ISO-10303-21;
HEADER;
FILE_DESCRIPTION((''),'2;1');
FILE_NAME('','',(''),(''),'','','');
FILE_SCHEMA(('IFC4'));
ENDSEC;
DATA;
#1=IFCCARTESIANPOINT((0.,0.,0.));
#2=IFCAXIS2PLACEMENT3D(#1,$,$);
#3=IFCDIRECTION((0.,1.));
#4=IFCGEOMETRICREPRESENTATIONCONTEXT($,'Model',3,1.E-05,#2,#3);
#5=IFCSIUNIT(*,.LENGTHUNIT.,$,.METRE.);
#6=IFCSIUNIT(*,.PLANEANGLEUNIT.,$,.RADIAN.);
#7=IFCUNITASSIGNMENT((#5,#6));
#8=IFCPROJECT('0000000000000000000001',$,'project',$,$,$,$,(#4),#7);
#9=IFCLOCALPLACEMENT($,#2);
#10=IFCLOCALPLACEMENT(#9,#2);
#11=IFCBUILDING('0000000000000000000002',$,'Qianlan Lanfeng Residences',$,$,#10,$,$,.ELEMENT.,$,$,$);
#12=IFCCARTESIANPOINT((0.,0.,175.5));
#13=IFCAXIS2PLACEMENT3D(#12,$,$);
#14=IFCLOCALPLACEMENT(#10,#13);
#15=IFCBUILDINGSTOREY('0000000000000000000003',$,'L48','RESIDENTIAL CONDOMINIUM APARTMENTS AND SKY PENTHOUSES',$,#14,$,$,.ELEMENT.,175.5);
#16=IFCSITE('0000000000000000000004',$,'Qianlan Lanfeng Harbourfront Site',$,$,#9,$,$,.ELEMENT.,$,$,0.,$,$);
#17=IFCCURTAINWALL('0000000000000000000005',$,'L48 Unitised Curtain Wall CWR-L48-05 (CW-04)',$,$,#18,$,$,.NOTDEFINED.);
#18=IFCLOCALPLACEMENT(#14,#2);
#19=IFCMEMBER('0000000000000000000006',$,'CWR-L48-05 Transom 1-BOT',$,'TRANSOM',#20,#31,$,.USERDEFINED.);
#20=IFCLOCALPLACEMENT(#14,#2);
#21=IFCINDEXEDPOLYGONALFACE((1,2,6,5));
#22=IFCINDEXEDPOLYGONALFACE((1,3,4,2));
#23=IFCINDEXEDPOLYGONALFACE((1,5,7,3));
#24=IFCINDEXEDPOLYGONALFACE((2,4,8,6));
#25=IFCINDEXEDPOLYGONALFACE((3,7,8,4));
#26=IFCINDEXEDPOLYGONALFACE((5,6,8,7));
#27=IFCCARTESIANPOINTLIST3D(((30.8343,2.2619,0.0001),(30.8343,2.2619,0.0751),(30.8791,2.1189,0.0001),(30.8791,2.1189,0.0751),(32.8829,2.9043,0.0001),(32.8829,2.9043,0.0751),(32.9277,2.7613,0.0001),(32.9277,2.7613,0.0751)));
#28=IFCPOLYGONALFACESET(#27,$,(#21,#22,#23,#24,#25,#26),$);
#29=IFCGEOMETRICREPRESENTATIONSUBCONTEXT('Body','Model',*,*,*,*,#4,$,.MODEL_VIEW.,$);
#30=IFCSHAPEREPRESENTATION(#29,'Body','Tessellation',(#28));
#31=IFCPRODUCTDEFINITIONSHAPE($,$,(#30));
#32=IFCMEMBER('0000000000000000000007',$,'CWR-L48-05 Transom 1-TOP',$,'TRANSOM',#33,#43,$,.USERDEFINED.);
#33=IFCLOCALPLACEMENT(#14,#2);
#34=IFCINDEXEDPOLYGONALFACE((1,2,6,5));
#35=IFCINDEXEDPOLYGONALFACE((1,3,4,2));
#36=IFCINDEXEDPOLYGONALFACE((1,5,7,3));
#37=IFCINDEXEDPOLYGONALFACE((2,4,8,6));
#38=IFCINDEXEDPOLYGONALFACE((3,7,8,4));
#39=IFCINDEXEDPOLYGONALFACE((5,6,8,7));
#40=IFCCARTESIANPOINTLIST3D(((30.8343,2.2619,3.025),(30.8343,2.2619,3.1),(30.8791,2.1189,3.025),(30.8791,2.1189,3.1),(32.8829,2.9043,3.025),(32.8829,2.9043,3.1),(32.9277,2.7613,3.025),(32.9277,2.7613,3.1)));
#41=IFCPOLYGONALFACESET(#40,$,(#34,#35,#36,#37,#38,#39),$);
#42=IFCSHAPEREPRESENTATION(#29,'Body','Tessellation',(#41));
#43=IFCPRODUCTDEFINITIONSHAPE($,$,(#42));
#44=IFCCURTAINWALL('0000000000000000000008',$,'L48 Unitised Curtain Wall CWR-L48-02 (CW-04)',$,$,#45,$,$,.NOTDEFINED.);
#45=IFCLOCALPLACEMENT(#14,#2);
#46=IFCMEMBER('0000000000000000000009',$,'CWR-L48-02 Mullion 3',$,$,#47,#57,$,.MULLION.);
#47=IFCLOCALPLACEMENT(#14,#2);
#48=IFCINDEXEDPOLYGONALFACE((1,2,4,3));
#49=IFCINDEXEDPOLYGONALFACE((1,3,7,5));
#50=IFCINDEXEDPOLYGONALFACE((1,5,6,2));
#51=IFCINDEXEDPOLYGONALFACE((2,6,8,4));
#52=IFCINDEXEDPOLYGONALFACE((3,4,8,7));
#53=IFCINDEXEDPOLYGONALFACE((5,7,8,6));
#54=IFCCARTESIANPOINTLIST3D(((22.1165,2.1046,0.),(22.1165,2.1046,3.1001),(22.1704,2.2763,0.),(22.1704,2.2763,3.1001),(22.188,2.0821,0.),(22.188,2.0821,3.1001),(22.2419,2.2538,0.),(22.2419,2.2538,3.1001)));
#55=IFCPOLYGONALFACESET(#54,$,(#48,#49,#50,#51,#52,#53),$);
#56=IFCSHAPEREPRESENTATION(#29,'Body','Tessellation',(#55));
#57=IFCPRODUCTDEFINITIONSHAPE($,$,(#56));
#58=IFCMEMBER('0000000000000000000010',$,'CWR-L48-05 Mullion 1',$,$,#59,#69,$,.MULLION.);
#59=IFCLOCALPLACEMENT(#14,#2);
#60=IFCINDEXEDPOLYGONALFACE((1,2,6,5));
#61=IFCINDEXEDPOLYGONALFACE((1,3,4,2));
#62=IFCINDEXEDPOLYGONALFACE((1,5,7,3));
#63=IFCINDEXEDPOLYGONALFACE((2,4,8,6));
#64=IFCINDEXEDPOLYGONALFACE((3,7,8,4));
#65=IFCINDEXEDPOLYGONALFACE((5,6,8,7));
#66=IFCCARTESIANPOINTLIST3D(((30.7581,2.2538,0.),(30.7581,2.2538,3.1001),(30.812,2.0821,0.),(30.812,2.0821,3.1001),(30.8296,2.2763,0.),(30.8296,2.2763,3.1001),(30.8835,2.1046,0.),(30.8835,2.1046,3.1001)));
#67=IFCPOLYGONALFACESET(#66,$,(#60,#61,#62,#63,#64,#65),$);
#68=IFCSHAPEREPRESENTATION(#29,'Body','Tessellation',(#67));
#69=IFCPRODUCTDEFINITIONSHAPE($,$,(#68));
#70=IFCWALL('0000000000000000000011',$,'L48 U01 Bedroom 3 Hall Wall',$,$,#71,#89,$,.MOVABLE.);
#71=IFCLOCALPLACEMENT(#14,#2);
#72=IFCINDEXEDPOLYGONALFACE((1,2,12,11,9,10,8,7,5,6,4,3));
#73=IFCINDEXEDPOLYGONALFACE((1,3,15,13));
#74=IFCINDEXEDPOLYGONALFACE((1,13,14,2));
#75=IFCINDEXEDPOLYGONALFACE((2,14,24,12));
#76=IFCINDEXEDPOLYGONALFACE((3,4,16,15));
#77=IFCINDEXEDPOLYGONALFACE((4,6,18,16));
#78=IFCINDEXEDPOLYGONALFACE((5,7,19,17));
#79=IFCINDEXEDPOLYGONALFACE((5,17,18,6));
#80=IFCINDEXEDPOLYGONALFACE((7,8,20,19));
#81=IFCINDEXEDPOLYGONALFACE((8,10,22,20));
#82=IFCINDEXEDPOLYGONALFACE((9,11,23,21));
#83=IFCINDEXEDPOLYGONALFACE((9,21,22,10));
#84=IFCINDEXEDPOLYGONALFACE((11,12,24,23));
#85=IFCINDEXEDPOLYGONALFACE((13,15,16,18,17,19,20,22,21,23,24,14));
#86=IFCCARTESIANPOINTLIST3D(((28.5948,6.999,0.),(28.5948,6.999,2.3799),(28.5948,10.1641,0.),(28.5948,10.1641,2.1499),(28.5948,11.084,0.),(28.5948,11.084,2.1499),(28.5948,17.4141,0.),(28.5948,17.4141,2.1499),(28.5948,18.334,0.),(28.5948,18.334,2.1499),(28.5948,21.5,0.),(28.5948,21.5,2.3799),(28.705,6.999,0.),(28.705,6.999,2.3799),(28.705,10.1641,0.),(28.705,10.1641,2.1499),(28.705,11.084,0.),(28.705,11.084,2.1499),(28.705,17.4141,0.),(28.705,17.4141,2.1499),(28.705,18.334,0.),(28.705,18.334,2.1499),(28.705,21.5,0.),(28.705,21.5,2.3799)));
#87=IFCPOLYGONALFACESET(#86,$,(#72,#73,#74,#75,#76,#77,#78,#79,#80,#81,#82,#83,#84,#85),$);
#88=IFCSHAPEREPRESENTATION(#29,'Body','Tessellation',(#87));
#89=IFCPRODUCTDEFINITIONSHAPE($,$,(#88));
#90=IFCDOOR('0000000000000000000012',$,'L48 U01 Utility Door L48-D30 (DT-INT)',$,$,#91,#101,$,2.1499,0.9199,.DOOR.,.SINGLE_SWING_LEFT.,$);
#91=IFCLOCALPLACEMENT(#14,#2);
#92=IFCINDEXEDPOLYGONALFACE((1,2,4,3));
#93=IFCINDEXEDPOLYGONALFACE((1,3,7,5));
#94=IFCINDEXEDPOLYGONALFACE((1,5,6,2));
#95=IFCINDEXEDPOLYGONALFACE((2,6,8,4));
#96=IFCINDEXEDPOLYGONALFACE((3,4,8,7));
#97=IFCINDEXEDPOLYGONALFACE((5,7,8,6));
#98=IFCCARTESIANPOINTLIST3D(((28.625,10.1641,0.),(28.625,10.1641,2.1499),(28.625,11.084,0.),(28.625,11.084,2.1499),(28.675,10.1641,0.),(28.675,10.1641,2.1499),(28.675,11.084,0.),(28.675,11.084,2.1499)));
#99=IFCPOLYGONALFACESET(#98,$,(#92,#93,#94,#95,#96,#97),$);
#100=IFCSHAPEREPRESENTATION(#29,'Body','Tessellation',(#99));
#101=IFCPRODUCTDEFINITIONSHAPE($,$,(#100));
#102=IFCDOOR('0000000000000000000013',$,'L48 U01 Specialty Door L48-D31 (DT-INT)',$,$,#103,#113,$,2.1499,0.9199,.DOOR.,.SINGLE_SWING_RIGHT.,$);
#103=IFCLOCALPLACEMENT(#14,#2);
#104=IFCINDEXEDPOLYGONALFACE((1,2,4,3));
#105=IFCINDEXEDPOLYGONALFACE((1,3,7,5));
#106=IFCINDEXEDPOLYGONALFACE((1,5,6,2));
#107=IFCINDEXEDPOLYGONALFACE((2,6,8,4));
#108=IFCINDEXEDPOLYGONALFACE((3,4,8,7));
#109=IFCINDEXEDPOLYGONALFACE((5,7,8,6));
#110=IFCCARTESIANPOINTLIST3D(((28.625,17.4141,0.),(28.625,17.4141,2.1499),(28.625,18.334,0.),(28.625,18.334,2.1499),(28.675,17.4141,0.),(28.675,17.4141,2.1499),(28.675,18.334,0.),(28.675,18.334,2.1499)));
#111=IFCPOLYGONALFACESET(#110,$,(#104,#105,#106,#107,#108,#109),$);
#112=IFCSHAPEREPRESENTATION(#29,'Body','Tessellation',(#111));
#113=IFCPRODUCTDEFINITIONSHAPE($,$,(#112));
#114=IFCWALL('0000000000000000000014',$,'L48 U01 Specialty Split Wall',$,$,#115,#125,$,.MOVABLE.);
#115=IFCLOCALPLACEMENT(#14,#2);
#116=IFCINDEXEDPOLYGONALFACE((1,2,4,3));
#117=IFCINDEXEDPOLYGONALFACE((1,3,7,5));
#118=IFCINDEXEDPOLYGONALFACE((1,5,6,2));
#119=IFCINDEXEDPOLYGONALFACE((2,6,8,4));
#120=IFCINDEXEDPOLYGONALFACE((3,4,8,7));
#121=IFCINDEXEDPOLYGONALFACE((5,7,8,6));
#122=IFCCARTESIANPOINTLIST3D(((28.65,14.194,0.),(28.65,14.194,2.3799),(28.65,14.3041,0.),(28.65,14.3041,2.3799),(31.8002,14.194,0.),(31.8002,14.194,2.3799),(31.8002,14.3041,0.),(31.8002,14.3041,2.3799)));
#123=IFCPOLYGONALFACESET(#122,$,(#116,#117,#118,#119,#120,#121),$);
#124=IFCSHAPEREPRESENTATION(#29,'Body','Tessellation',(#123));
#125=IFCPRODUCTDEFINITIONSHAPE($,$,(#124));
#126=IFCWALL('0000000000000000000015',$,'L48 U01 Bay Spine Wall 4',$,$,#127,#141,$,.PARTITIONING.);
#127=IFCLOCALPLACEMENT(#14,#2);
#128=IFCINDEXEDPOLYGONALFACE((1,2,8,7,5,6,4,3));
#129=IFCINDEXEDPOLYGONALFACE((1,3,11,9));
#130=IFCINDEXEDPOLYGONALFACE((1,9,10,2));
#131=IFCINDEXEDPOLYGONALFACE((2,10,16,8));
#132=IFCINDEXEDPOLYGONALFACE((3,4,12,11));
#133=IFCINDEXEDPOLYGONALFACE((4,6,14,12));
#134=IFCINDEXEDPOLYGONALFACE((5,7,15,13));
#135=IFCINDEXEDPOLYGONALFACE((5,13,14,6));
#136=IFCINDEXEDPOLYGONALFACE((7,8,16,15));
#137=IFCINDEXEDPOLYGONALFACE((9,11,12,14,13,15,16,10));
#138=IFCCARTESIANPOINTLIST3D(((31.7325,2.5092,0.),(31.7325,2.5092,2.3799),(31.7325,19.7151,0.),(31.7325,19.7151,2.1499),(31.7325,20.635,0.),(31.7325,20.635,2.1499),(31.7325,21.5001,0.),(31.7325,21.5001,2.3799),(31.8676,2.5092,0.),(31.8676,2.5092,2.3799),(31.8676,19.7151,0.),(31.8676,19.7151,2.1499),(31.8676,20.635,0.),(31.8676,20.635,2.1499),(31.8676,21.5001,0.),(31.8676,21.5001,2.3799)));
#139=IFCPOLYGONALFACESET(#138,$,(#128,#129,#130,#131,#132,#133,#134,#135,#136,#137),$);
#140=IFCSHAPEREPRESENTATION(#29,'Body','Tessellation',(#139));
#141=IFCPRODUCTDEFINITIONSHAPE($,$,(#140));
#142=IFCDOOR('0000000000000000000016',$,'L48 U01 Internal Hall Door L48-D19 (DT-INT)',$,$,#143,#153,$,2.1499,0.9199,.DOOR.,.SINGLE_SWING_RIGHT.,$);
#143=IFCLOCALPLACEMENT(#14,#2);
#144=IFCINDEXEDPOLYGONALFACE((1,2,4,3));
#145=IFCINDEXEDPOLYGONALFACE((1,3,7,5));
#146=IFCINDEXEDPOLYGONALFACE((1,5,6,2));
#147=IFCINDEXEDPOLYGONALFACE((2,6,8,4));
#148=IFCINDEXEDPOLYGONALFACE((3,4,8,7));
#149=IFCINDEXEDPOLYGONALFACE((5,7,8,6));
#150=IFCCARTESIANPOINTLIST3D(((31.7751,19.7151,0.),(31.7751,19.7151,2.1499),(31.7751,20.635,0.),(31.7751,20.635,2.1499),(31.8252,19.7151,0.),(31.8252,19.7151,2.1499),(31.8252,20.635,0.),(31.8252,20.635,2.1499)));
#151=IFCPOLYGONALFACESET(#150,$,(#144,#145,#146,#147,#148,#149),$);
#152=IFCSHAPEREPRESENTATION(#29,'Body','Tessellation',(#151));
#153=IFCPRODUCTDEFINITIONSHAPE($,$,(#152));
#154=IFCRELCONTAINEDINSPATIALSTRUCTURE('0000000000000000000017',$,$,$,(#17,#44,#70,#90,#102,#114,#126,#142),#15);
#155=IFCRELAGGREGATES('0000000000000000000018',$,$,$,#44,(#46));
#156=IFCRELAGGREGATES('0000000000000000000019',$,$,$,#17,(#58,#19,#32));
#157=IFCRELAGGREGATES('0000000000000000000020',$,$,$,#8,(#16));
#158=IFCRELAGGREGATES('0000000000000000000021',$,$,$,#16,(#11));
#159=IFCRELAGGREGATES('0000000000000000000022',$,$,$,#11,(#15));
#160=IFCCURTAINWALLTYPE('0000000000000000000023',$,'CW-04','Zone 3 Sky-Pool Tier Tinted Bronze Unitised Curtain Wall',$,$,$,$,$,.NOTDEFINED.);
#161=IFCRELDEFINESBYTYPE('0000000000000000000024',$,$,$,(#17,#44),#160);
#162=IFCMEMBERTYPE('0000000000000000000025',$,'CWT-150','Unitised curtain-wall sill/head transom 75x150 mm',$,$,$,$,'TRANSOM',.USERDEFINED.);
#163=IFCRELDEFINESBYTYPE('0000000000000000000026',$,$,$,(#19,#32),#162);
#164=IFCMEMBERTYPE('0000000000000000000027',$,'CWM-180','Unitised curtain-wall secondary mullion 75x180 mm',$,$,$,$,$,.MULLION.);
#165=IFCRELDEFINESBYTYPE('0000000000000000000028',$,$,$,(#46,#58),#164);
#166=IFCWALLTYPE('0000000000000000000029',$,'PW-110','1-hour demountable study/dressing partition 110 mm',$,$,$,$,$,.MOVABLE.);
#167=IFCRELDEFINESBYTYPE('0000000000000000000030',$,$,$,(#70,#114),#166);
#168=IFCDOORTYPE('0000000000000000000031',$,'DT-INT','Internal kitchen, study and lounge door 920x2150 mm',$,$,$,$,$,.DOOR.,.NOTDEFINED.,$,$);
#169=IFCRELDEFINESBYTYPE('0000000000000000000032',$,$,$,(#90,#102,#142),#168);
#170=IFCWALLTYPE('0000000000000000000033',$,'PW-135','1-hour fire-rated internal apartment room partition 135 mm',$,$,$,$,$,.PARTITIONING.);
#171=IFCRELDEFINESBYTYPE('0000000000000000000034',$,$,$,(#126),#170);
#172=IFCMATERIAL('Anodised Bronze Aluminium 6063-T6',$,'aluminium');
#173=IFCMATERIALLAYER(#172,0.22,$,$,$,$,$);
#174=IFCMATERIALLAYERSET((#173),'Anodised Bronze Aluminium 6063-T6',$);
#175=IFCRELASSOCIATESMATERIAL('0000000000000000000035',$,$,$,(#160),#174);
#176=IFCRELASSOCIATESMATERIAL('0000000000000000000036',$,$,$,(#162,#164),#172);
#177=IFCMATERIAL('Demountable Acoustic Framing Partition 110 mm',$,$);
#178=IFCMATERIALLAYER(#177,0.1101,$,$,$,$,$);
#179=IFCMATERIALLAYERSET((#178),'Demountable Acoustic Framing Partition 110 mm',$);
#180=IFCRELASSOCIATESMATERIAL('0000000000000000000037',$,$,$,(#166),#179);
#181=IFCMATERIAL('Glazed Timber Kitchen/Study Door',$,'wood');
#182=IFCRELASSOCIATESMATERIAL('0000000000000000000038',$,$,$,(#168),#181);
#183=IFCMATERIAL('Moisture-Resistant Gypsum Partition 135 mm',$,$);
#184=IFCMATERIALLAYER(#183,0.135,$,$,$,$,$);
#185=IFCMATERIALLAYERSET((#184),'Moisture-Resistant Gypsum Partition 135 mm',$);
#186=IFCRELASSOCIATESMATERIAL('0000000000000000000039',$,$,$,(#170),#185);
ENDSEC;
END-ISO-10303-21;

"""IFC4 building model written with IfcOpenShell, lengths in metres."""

from ifc_helpers import new_model, si_unit, direction, frame, frame_2d, origin, origin_2d, place, context, subcontext, project, spatial, rectangle, extrude, source, transform, mapped, material, layer, layer_set, material_profile, profile_set, type_object, element, fill, aggregate, save


model = new_model("IFC4")

# Units and contexts
model_context = context("Model", 3, precision=1e-05, world=origin(), true_north=direction((0.0, 1.0)))
body_context = subcontext(model_context, "Body", "Model", "MODEL_VIEW")
ifc_project = project(units=[si_unit("LENGTHUNIT", "METRE"), si_unit("PLANEANGLEUNIT", "RADIAN")], contexts=[model_context])

# Site, building, storey
site_placement = place(None, origin())
site = spatial("IfcSite", under=ifc_project, at=site_placement, Name="Qianlan Lanfeng Harbourfront Site", CompositionType="ELEMENT", RefElevation=0.0)
building_placement = place(site_placement, origin())
building = spatial("IfcBuilding", under=site, at=building_placement, Name="Qianlan Lanfeng Residences", CompositionType="ELEMENT")
storey_placement = place(building_placement, frame((0.0, 0.0, 175.5)))
storey = spatial("IfcBuildingStorey", under=building, at=storey_placement, Name="L48", Description="RESIDENTIAL CONDOMINIUM APARTMENTS AND SKY PENTHOUSES", CompositionType="ELEMENT", Elevation=175.5)

# Curtain wall, members
ifc_material_1 = material(Name="Anodised Bronze Aluminium 6063-T6", Category="aluminium")
ifc_layer_1 = layer(ifc_material_1, 0.22)
ifc_layer_set_1 = layer_set([ifc_layer_1], Name="Anodised Bronze Aluminium 6063-T6")
curtain_wall_type = type_object("IfcCurtainWallType", Name="CW-04", Description="Zone 3 Sky-Pool Tier Tinted Bronze Unitised Curtain Wall", PredefinedType="NOTDEFINED", material=ifc_layer_set_1)
curtain_wall_1_placement = place(storey_placement, origin())
curtain_wall_1 = element("IfcCurtainWall", 1, at=curtain_wall_1_placement, inside=storey, type_object=curtain_wall_type, Name="L48 Unitised Curtain Wall CWR-L48-05 (CW-04)", PredefinedType="NOTDEFINED")
ifc_material_profile_1 = material_profile(ifc_material_1, rectangle(XDim=0.075, YDim=0.1499, at=origin_2d()), Name="ALU TRANSOM 75x150")
ifc_profile_set_1 = profile_set([ifc_material_profile_1], Name="Anodised Bronze Aluminium 6063-T6")
member_type_1 = type_object("IfcMemberType", Name="CWT-150", Description="Unitised curtain-wall sill/head transom 75x150 mm", ElementType="TRANSOM", PredefinedType="USERDEFINED", material=ifc_profile_set_1)
shared_shape_1 = source(origin(), body_context, "Body", "SweptSolid", [
    extrude(rectangle(XDim=0.075, YDim=0.1499, at=origin_2d()), origin(), (0.0, 0.0, 1.0), 2.147),
])
member_1_placement = place(storey_placement, frame((30.8567, 2.1904, 0.0376), z_axis=(0.954194, 0.299188, 0.0), x_axis=(0.0, 0.0, 1.0)))
member_1 = element("IfcMember", 2, at=member_1_placement, type_object=member_type_1, Name="CWR-L48-05 Transom 1-BOT", ObjectType="TRANSOM", PredefinedType="USERDEFINED", context=body_context, shape_type="MappedRepresentation", body=[
    mapped(shared_shape_1, transform((0.0, 0.0, 0.0), scale=1.0)),
])
member_2_placement = place(storey_placement, frame((30.8567, 2.1904, 3.0625), z_axis=(0.954194, 0.299188, 0.0), x_axis=(0.0, 0.0, 1.0)))
member_2 = element("IfcMember", 3, at=member_2_placement, type_object=member_type_1, Name="CWR-L48-05 Transom 1-TOP", ObjectType="TRANSOM", PredefinedType="USERDEFINED", context=body_context, shape_type="MappedRepresentation", body=[
    mapped(shared_shape_1, transform((0.0, 0.0, 0.0), scale=1.0)),
])

# Curtain wall, member
curtain_wall_2_placement = place(storey_placement, origin())
curtain_wall_2 = element("IfcCurtainWall", 4, at=curtain_wall_2_placement, inside=storey, type_object=curtain_wall_type, Name="L48 Unitised Curtain Wall CWR-L48-02 (CW-04)", PredefinedType="NOTDEFINED")
ifc_material_profile_2 = material_profile(ifc_material_1, rectangle(XDim=0.075, YDim=0.1799, at=origin_2d()), Name="ALU MULLION 75x180")
ifc_profile_set_2 = profile_set([ifc_material_profile_2], Name="Anodised Bronze Aluminium 6063-T6")
member_type_2 = type_object("IfcMemberType", Name="CWM-180", Description="Unitised curtain-wall secondary mullion 75x180 mm", PredefinedType="MULLION", material=ifc_profile_set_2)
shared_shape_2 = source(origin(), body_context, "Body", "SweptSolid", [
    extrude(rectangle(XDim=0.075, YDim=0.1799, at=origin_2d()), origin(), (0.0, 0.0, 1.0), 3.1001),
])
member_3_placement = place(storey_placement, frame((22.1792, 2.1792, 0.0), z_axis=(0.0, 0.0, 1.0), x_axis=(0.954196, -0.299182, 0.0)))
member_3 = element("IfcMember", 5, at=member_3_placement, type_object=member_type_2, Name="CWR-L48-02 Mullion 3", PredefinedType="MULLION", context=body_context, shape_type="MappedRepresentation", body=[
    mapped(shared_shape_2, transform((0.0, 0.0, 0.0), scale=1.0)),
])
aggregate(curtain_wall_2, [member_3])

# Member
member_4_placement = place(storey_placement, frame((30.8208, 2.1792, 0.0), z_axis=(0.0, 0.0, 1.0), x_axis=(0.954196, 0.299182, 0.0)))
member_4 = element("IfcMember", 6, at=member_4_placement, type_object=member_type_2, Name="CWR-L48-05 Mullion 1", PredefinedType="MULLION", context=body_context, shape_type="MappedRepresentation", body=[
    mapped(shared_shape_2, transform((0.0, 0.0, 0.0), scale=1.0)),
])
aggregate(curtain_wall_1, [member_4, member_1, member_2])

# Wall, openings, doors
ifc_material_2 = material(Name="Demountable Acoustic Framing Partition 110 mm")
ifc_layer_2 = layer(ifc_material_2, 0.1101)
ifc_layer_set_2 = layer_set([ifc_layer_2], Name="Demountable Acoustic Framing Partition 110 mm")
wall_type_1 = type_object("IfcWallType", Name="PW-110", Description="1-hour demountable study/dressing partition 110 mm", PredefinedType="MOVABLE", material=ifc_layer_set_2)
wall_1_placement = place(storey_placement, frame((28.6499, 6.999, 0.0), z_axis=(0.0, 0.0, 1.0), x_axis=(0.0, 1.0, 0.0)))
wall_1 = element("IfcWall", 7, at=wall_1_placement, inside=storey, type_object=wall_type_1, Name="L48 U01 Bedroom 3 Hall Wall", PredefinedType="MOVABLE", context=body_context, shape_type="SweptSolid", body=[
    extrude(rectangle(XDim=14.501, YDim=0.1101, at=frame_2d((7.2505, 0.0))), origin(), (0.0, 0.0, 1.0), 2.3799),
])
opening_1_placement = place(wall_1_placement, frame((3.165, 0.0, 0.0)))
opening_1 = element("IfcOpeningElement", 8, at=opening_1_placement, cuts=wall_1, PredefinedType="OPENING", context=body_context, shape_type="SweptSolid", body=[
    extrude(rectangle(XDim=0.9199, YDim=2.1499, at=frame_2d((0.46, 1.075))), frame((0.0, 0.0649, 0.0), z_axis=(0.0, -1.0, 0.0), x_axis=(1.0, 0.0, 0.0)), (0.0, 0.0, 1.0), 0.1301),
])
opening_2_placement = place(wall_1_placement, frame((10.415, 0.0, 0.0)))
opening_2 = element("IfcOpeningElement", 9, at=opening_2_placement, cuts=wall_1, PredefinedType="OPENING", context=body_context, shape_type="SweptSolid", body=[
    extrude(rectangle(XDim=0.9199, YDim=2.1499, at=frame_2d((0.46, 1.075))), frame((0.0, 0.0649, 0.0), z_axis=(0.0, -1.0, 0.0), x_axis=(1.0, 0.0, 0.0)), (0.0, 0.0, 1.0), 0.1301),
])
ifc_material_3 = material(Name="Glazed Timber Kitchen/Study Door", Category="wood")
door_type_1 = type_object("IfcDoorType", Name="DT-INT", Description="Internal kitchen, study and lounge door 920x2150 mm", OperationType="NOTDEFINED", PredefinedType="DOOR", material=ifc_material_3)
door_1_placement = place(opening_1_placement, origin())
door_1 = element("IfcDoor", 10, at=door_1_placement, inside=storey, type_object=door_type_1, Name="L48 U01 Utility Door L48-D30 (DT-INT)", OperationType="SINGLE_SWING_LEFT", OverallHeight=2.1499, OverallWidth=0.9199, PredefinedType="DOOR", context=body_context, shape_type="SweptSolid", body=[
    extrude(rectangle(XDim=0.9199, YDim=2.1499, at=frame_2d((0.46, 1.075))), frame((0.0, 0.0249, 0.0), z_axis=(0.0, -1.0, 0.0), x_axis=(1.0, 0.0, 0.0)), (0.0, 0.0, 1.0), 0.05),
])
fill(opening_1, door_1)
door_2_placement = place(opening_2_placement, origin())
door_2 = element("IfcDoor", 11, at=door_2_placement, inside=storey, type_object=door_type_1, Name="L48 U01 Specialty Door L48-D31 (DT-INT)", OperationType="SINGLE_SWING_RIGHT", OverallHeight=2.1499, OverallWidth=0.9199, PredefinedType="DOOR", context=body_context, shape_type="SweptSolid", body=[
    extrude(rectangle(XDim=0.9199, YDim=2.1499, at=frame_2d((0.46, 1.075))), frame((0.0, 0.0249, 0.0), z_axis=(0.0, -1.0, 0.0), x_axis=(1.0, 0.0, 0.0)), (0.0, 0.0, 1.0), 0.05),
])
fill(opening_2, door_2)

# Wall
wall_2_placement = place(storey_placement, frame((28.6499, 14.249, 0.0), z_axis=(0.0, 0.0, 1.0), x_axis=(1.0, 0.0, 0.0)))
element("IfcWall", 12, at=wall_2_placement, inside=storey, type_object=wall_type_1, Name="L48 U01 Specialty Split Wall", PredefinedType="MOVABLE", context=body_context, shape_type="SweptSolid", body=[
    extrude(rectangle(XDim=3.1501, YDim=0.1101, at=frame_2d((1.5752, 0.0))), origin(), (0.0, 0.0, 1.0), 2.3799),
])

# Wall, opening, door
ifc_material_4 = material(Name="Moisture-Resistant Gypsum Partition 135 mm")
ifc_layer_3 = layer(ifc_material_4, 0.135)
ifc_layer_set_3 = layer_set([ifc_layer_3], Name="Moisture-Resistant Gypsum Partition 135 mm")
wall_type_2 = type_object("IfcWallType", Name="PW-135", Description="1-hour fire-rated internal apartment room partition 135 mm", PredefinedType="PARTITIONING", material=ifc_layer_set_3)
wall_3_placement = place(storey_placement, frame((31.8, 2.509, 0.0), z_axis=(0.0, 0.0, 1.0), x_axis=(0.0, 1.0, 0.0)))
wall_3 = element("IfcWall", 13, at=wall_3_placement, inside=storey, type_object=wall_type_2, Name="L48 U01 Bay Spine Wall 4", PredefinedType="PARTITIONING", context=body_context, shape_type="SweptSolid", body=[
    extrude(rectangle(XDim=18.991, YDim=0.135, at=frame_2d((9.4956, 0.0))), origin(), (0.0, 0.0, 1.0), 2.3799),
])
opening_3_placement = place(wall_3_placement, frame((17.2061, 0.0, 0.0)))
opening_3 = element("IfcOpeningElement", 14, at=opening_3_placement, cuts=wall_3, PredefinedType="OPENING", context=body_context, shape_type="SweptSolid", body=[
    extrude(rectangle(XDim=0.9199, YDim=2.1499, at=frame_2d((0.46, 1.075))), frame((0.0, 0.0776, 0.0), z_axis=(0.0, -1.0, 0.0), x_axis=(1.0, 0.0, 0.0)), (0.0, 0.0, 1.0), 0.155),
])
door_3_placement = place(opening_3_placement, origin())
door_3 = element("IfcDoor", 15, at=door_3_placement, inside=storey, type_object=door_type_1, Name="L48 U01 Internal Hall Door L48-D19 (DT-INT)", OperationType="SINGLE_SWING_RIGHT", OverallHeight=2.1499, OverallWidth=0.9199, PredefinedType="DOOR", context=body_context, shape_type="SweptSolid", body=[
    extrude(rectangle(XDim=0.9199, YDim=2.1499, at=frame_2d((0.46, 1.075))), frame((0.0, 0.0249, 0.0), z_axis=(0.0, -1.0, 0.0), x_axis=(1.0, 0.0, 0.0)), (0.0, 0.0, 1.0), 0.05),
])
fill(opening_3, door_3)

save(model, "model.ifc")
